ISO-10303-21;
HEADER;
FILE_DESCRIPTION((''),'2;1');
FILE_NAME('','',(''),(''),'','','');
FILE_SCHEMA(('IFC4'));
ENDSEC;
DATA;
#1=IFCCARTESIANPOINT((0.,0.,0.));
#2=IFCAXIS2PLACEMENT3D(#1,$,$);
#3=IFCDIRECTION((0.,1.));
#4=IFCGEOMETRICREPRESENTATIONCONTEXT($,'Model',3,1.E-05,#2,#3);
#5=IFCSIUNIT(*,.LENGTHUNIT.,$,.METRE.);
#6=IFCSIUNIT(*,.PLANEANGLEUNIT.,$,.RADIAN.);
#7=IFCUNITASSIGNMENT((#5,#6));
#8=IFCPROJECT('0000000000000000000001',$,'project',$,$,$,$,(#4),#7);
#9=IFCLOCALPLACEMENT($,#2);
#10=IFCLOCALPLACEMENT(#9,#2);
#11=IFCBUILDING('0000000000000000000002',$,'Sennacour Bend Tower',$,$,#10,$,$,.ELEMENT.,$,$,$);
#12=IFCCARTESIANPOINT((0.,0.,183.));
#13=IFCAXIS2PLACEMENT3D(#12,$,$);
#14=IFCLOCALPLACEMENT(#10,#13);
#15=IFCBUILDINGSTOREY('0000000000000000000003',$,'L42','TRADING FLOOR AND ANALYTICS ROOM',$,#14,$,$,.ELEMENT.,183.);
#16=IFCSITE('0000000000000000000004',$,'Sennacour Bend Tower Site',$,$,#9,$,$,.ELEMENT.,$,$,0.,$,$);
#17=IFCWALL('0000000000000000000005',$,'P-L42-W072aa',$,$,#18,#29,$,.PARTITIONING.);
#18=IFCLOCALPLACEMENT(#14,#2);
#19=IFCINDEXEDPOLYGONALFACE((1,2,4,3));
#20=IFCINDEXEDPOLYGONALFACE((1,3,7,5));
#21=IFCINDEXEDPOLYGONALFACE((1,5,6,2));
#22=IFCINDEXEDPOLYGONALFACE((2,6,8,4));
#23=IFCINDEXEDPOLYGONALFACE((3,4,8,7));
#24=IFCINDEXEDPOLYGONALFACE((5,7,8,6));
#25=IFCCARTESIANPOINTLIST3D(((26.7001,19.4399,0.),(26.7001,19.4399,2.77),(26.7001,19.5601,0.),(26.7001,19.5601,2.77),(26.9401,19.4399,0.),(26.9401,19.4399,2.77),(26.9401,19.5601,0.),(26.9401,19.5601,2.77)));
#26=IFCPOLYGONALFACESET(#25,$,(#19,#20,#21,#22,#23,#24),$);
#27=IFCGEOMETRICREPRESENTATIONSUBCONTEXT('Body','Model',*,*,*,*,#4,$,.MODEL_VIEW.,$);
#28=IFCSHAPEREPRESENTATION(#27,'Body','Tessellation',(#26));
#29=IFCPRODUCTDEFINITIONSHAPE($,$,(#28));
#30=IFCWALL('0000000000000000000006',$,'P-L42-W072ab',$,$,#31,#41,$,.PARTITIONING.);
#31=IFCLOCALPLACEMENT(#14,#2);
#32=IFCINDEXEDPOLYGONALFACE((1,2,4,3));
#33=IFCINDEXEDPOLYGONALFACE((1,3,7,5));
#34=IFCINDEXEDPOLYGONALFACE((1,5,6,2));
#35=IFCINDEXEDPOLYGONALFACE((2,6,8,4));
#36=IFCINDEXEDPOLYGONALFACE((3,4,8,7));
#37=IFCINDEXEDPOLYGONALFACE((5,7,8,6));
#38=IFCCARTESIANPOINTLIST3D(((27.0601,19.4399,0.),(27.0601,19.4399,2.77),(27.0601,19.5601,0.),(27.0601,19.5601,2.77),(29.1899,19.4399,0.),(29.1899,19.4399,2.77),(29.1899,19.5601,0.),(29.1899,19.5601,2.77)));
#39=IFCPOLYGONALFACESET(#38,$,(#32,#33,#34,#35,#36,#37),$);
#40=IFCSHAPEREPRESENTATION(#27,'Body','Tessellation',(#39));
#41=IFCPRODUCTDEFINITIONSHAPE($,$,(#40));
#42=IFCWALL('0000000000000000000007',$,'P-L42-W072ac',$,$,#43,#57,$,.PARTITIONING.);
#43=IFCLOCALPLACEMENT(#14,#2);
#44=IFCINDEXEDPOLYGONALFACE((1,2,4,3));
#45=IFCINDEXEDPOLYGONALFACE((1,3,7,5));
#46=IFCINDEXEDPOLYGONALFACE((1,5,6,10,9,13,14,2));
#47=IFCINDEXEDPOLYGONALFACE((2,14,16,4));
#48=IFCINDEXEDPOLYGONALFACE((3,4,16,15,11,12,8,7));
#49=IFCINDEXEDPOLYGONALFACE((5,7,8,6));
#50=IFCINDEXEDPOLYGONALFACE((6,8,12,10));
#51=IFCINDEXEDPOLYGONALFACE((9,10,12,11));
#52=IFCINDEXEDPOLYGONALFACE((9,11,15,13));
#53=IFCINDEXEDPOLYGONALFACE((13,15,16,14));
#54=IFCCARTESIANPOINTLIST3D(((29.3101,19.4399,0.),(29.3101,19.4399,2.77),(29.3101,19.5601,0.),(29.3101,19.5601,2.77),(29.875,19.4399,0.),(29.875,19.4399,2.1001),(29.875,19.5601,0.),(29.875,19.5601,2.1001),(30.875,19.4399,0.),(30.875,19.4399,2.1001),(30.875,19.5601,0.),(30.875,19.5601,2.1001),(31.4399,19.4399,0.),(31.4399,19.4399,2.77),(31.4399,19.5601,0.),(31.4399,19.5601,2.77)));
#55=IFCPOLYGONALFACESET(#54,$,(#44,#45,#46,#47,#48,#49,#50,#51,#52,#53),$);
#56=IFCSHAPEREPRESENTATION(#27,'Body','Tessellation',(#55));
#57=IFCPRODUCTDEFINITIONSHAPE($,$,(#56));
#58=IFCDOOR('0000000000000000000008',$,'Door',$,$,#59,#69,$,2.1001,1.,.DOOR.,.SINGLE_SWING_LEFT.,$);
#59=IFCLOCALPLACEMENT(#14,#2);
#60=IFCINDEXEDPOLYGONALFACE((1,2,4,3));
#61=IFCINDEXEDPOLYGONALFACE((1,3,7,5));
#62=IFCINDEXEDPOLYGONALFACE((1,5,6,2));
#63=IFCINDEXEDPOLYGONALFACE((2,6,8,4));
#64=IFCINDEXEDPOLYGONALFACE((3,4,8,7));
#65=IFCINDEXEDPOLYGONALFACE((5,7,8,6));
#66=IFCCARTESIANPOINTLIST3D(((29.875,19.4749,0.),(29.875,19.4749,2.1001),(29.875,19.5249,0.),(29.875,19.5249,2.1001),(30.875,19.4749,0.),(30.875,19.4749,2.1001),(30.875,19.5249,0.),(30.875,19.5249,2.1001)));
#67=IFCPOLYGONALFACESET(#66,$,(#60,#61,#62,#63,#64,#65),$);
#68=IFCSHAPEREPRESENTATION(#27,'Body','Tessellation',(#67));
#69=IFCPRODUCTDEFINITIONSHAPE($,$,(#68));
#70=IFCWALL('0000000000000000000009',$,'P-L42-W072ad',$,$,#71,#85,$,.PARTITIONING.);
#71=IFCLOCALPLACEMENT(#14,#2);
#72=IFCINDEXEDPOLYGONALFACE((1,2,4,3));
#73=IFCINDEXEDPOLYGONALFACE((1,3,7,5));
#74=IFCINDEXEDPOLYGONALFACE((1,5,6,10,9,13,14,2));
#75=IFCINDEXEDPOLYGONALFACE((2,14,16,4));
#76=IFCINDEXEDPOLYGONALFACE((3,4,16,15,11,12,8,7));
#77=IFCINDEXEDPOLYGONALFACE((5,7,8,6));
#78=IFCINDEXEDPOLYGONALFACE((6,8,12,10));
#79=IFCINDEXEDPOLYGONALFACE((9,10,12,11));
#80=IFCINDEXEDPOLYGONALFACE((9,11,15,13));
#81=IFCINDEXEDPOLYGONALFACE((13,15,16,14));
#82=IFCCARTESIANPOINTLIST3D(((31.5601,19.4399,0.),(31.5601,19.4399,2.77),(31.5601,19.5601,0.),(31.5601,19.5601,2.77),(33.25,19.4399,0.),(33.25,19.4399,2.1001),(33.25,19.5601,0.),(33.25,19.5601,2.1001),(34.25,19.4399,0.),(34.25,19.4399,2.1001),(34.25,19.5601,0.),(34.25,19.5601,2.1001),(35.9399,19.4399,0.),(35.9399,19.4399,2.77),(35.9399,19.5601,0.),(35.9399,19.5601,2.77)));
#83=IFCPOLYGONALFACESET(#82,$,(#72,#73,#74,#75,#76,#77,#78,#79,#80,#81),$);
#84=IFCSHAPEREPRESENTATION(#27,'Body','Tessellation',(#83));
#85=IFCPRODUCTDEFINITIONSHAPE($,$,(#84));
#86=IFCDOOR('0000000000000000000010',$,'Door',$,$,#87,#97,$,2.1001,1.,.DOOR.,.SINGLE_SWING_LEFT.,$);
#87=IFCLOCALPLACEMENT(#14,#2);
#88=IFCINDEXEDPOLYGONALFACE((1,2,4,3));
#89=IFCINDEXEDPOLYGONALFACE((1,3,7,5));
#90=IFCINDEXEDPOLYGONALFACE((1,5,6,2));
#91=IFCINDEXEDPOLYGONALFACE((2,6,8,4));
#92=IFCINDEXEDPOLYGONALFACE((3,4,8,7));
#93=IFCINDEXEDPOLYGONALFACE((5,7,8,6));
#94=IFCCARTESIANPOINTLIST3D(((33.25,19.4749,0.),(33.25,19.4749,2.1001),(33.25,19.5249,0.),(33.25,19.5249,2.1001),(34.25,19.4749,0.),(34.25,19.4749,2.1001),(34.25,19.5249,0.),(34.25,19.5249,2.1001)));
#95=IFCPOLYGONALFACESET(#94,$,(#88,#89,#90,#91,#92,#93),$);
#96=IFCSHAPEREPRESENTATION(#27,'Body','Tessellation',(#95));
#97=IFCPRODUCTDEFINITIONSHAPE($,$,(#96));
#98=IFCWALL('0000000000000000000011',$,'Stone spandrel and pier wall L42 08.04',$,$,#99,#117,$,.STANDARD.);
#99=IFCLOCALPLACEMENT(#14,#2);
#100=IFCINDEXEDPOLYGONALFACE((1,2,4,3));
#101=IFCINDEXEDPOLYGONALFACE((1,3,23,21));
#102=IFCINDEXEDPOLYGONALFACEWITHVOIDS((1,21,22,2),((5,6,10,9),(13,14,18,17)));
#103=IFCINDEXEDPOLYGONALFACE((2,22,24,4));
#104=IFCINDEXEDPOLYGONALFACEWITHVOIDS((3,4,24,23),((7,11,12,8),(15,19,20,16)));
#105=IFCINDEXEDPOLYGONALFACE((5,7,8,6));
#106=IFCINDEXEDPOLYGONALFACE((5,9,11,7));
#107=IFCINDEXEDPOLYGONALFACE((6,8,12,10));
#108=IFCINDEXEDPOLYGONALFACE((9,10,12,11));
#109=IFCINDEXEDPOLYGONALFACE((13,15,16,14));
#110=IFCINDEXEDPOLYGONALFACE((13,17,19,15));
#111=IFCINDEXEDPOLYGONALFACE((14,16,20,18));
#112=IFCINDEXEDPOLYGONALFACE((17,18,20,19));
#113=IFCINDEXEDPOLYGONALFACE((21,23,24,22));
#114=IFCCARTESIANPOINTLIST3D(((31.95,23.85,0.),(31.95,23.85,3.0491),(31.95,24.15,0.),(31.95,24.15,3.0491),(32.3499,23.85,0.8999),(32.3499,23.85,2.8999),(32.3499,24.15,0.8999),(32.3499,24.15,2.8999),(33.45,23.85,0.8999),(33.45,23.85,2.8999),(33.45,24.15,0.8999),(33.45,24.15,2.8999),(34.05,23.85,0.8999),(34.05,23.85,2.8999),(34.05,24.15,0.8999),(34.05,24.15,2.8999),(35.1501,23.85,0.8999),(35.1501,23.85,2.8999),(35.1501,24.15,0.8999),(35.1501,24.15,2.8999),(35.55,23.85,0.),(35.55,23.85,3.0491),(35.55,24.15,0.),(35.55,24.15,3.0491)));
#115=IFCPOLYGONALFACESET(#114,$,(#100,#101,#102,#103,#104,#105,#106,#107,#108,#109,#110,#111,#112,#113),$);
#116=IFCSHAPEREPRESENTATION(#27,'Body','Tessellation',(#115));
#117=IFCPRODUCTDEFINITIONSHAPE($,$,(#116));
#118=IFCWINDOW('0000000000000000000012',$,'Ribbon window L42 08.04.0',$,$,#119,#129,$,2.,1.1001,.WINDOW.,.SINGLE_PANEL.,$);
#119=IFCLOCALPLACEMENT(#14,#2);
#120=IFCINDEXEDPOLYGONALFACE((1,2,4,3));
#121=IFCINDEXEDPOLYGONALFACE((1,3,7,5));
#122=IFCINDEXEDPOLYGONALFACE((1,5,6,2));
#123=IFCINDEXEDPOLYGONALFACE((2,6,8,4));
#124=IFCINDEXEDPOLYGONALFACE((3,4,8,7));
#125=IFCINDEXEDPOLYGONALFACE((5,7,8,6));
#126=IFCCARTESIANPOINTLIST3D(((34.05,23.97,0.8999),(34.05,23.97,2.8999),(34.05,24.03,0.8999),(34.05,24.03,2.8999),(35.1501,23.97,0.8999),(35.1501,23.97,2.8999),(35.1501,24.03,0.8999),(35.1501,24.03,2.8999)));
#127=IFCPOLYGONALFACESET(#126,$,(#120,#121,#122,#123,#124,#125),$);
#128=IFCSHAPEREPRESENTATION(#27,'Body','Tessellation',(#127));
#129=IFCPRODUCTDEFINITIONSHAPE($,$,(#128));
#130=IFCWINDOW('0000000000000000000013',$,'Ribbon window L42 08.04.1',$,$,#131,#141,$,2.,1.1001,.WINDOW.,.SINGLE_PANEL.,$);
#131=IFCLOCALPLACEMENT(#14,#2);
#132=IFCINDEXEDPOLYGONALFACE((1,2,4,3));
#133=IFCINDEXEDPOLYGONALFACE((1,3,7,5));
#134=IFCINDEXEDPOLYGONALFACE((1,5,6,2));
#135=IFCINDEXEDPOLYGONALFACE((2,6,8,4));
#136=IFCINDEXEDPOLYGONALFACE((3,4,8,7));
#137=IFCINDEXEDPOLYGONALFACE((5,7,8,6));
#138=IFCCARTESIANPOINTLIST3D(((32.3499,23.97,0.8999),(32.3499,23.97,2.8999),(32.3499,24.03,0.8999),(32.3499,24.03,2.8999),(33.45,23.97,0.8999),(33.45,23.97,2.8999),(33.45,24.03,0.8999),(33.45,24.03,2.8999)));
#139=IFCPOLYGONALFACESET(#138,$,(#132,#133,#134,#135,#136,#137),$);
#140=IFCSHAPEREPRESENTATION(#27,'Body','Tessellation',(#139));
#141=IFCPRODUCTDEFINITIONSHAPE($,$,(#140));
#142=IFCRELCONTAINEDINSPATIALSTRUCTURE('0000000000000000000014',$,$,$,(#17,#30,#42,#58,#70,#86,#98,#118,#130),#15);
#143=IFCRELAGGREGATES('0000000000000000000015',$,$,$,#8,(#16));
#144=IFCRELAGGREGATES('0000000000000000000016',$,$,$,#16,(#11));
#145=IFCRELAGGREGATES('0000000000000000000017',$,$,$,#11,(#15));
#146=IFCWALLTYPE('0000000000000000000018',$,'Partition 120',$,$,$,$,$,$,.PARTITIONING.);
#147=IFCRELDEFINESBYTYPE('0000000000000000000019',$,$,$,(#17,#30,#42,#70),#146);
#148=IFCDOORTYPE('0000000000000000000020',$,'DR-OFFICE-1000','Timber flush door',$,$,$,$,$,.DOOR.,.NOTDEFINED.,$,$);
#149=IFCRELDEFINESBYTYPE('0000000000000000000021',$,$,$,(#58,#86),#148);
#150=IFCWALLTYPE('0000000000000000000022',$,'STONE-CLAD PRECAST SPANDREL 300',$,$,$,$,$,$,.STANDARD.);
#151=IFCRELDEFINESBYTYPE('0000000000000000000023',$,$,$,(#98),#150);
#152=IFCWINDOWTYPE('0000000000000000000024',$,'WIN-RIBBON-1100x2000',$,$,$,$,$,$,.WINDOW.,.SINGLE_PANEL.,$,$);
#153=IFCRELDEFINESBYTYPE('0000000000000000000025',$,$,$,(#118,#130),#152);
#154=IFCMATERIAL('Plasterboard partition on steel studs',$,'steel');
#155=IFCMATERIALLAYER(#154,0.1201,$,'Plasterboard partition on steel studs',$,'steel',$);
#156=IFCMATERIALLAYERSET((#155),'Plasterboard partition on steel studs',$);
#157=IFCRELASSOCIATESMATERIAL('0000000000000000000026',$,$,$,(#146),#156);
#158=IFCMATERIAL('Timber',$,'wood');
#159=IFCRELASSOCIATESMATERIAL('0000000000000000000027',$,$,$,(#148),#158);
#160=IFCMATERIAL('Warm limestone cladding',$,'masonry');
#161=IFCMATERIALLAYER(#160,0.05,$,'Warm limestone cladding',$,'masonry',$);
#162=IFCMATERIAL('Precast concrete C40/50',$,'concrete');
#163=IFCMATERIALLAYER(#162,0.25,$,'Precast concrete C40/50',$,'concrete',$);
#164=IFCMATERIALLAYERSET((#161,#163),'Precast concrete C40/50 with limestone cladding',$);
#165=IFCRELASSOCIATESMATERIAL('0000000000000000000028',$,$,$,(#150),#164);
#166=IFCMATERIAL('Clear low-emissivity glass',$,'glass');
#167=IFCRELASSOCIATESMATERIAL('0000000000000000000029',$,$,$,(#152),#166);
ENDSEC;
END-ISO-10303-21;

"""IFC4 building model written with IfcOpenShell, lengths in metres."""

from ifc_helpers import new_model, si_unit, direction, frame, frame_2d, origin, place, context, subcontext, project, spatial, rectangle, extrude, material, layer, layer_set, type_object, element, fill, save


model = new_model("IFC4")

# Units and contexts
model_context = context("Model", 3, precision=1e-05, world=origin(), true_north=direction((0.0, 1.0)))
body_context = subcontext(model_context, "Body", "Model", "MODEL_VIEW")
ifc_project = project(units=[si_unit("LENGTHUNIT", "METRE"), si_unit("PLANEANGLEUNIT", "RADIAN")], contexts=[model_context])

# Site, building, storey
site_placement = place(None, origin())
site = spatial("IfcSite", under=ifc_project, at=site_placement, Name="Sennacour Bend Tower Site", CompositionType="ELEMENT", RefElevation=0.0)
building_placement = place(site_placement, origin())
building = spatial("IfcBuilding", under=site, at=building_placement, Name="Sennacour Bend Tower", CompositionType="ELEMENT")
storey_placement = place(building_placement, frame((0.0, 0.0, 183.0)))
storey = spatial("IfcBuildingStorey", under=building, at=storey_placement, Name="L42", Description="TRADING FLOOR AND ANALYTICS ROOM", CompositionType="ELEMENT", Elevation=183.0)

# Walls
ifc_material_1 = material(Name="Plasterboard partition on steel studs", Category="steel")
ifc_layer_1 = layer(ifc_material_1, 0.1201, Name="Plasterboard partition on steel studs", Category="steel")
ifc_layer_set_1 = layer_set([ifc_layer_1], Name="Plasterboard partition on steel studs")
wall_type_1 = type_object("IfcWallType", Name="Partition 120", PredefinedType="PARTITIONING", material=ifc_layer_set_1)
wall_1_placement = place(storey_placement, frame((26.7, 19.5, 0.0), z_axis=(0.0, 0.0, 1.0), x_axis=(1.0, 0.0, 0.0)))
element("IfcWall", 1, at=wall_1_placement, inside=storey, type_object=wall_type_1, Name="P-L42-W072aa", PredefinedType="PARTITIONING", context=body_context, shape_type="SweptSolid", body=[
    extrude(rectangle(XDim=0.24, YDim=0.1201, at=frame_2d((0.1201, 0.0))), origin(), (0.0, 0.0, 1.0), 2.77),
])
wall_2_placement = place(storey_placement, frame((27.0601, 19.5, 0.0), z_axis=(0.0, 0.0, 1.0), x_axis=(1.0, 0.0, 0.0)))
element("IfcWall", 2, at=wall_2_placement, inside=storey, type_object=wall_type_1, Name="P-L42-W072ab", PredefinedType="PARTITIONING", context=body_context, shape_type="SweptSolid", body=[
    extrude(rectangle(XDim=2.1299, YDim=0.1201, at=frame_2d((1.0649, 0.0))), origin(), (0.0, 0.0, 1.0), 2.77),
])

# Walls, openings, doors
wall_3_placement = place(storey_placement, frame((29.3101, 19.5, 0.0), z_axis=(0.0, 0.0, 1.0), x_axis=(1.0, 0.0, 0.0)))
wall_3 = element("IfcWall", 3, at=wall_3_placement, inside=storey, type_object=wall_type_1, Name="P-L42-W072ac", PredefinedType="PARTITIONING", context=body_context, shape_type="SweptSolid", body=[
    extrude(rectangle(XDim=2.1299, YDim=0.1201, at=frame_2d((1.0649, 0.0))), origin(), (0.0, 0.0, 1.0), 2.77),
])
opening_1_placement = place(wall_3_placement, frame((0.5649, 0.0, 0.0)))
opening_1 = element("IfcOpeningElement", 4, at=opening_1_placement, cuts=wall_3, PredefinedType="OPENING", context=body_context, shape_type="SweptSolid", body=[
    extrude(rectangle(XDim=1.0, YDim=2.1001, at=frame_2d((0.5, 1.05))), frame((0.0, 0.0701, 0.0), z_axis=(0.0, -1.0, 0.0), x_axis=(1.0, 0.0, 0.0)), (0.0, 0.0, 1.0), 0.1401),
])
ifc_material_2 = material(Name="Timber", Category="wood")
door_type = type_object("IfcDoorType", Name="DR-OFFICE-1000", Description="Timber flush door", OperationType="NOTDEFINED", PredefinedType="DOOR", material=ifc_material_2)
door_1_placement = place(opening_1_placement, origin())
door_1 = element("IfcDoor", 5, at=door_1_placement, inside=storey, type_object=door_type, Name="Door", OperationType="SINGLE_SWING_LEFT", OverallHeight=2.1001, OverallWidth=1.0, PredefinedType="DOOR", context=body_context, shape_type="SweptSolid", body=[
    extrude(rectangle(XDim=1.0, YDim=2.1001, at=frame_2d((0.5, 1.05))), frame((0.0, 0.0249, 0.0), z_axis=(0.0, -1.0, 0.0), x_axis=(1.0, 0.0, 0.0)), (0.0, 0.0, 1.0), 0.05),
])
fill(opening_1, door_1)
wall_4_placement = place(storey_placement, frame((31.5601, 19.5, 0.0), z_axis=(0.0, 0.0, 1.0), x_axis=(1.0, 0.0, 0.0)))
wall_4 = element("IfcWall", 6, at=wall_4_placement, inside=storey, type_object=wall_type_1, Name="P-L42-W072ad", PredefinedType="PARTITIONING", context=body_context, shape_type="SweptSolid", body=[
    extrude(rectangle(XDim=4.3799, YDim=0.1201, at=frame_2d((2.1899, 0.0))), origin(), (0.0, 0.0, 1.0), 2.77),
])
opening_2_placement = place(wall_4_placement, frame((1.6899, 0.0, 0.0)))
opening_2 = element("IfcOpeningElement", 7, at=opening_2_placement, cuts=wall_4, PredefinedType="OPENING", context=body_context, shape_type="SweptSolid", body=[
    extrude(rectangle(XDim=1.0, YDim=2.1001, at=frame_2d((0.5, 1.05))), frame((0.0, 0.0701, 0.0), z_axis=(0.0, -1.0, 0.0), x_axis=(1.0, 0.0, 0.0)), (0.0, 0.0, 1.0), 0.1401),
])
door_2_placement = place(opening_2_placement, origin())
door_2 = element("IfcDoor", 8, at=door_2_placement, inside=storey, type_object=door_type, Name="Door", OperationType="SINGLE_SWING_LEFT", OverallHeight=2.1001, OverallWidth=1.0, PredefinedType="DOOR", context=body_context, shape_type="SweptSolid", body=[
    extrude(rectangle(XDim=1.0, YDim=2.1001, at=frame_2d((0.5, 1.05))), frame((0.0, 0.0249, 0.0), z_axis=(0.0, -1.0, 0.0), x_axis=(1.0, 0.0, 0.0)), (0.0, 0.0, 1.0), 0.05),
])
fill(opening_2, door_2)

# Wall, openings, windows
ifc_material_3 = material(Name="Warm limestone cladding", Category="masonry")
ifc_layer_2 = layer(ifc_material_3, 0.05, Name="Warm limestone cladding", Category="masonry")
ifc_material_4 = material(Name="Precast concrete C40/50", Category="concrete")
ifc_layer_3 = layer(ifc_material_4, 0.25, Name="Precast concrete C40/50", Category="concrete")
ifc_layer_set_2 = layer_set([ifc_layer_2, ifc_layer_3], Name="Precast concrete C40/50 with limestone cladding")
wall_type_2 = type_object("IfcWallType", Name="STONE-CLAD PRECAST SPANDREL 300", PredefinedType="STANDARD", material=ifc_layer_set_2)
wall_5_placement = place(storey_placement, frame((35.55, 24.0, 0.0), z_axis=(0.0, 0.0, 1.0), x_axis=(-1.0, 0.0, 0.0)))
wall_5 = element("IfcWall", 9, at=wall_5_placement, inside=storey, type_object=wall_type_2, Name="Stone spandrel and pier wall L42 08.04", PredefinedType="STANDARD", context=body_context, shape_type="SweptSolid", body=[
    extrude(rectangle(XDim=3.6001, YDim=0.3, at=frame_2d((1.8, 0.0))), origin(), (0.0, 0.0, 1.0), 3.0491),
])
opening_3_placement = place(wall_5_placement, frame((0.3999, 0.0, 0.8999)))
opening_3 = element("IfcOpeningElement", 10, at=opening_3_placement, cuts=wall_5, PredefinedType="OPENING", context=body_context, shape_type="SweptSolid", body=[
    extrude(rectangle(XDim=1.1001, YDim=2.0, at=frame_2d((0.55, 1.0))), frame((0.0, 0.1602, 0.0), z_axis=(0.0, -1.0, 0.0), x_axis=(1.0, 0.0, 0.0)), (0.0, 0.0, 1.0), 0.3201),
])
opening_4_placement = place(wall_5_placement, frame((2.1001, 0.0, 0.8999)))
opening_4 = element("IfcOpeningElement", 11, at=opening_4_placement, cuts=wall_5, PredefinedType="OPENING", context=body_context, shape_type="SweptSolid", body=[
    extrude(rectangle(XDim=1.1001, YDim=2.0, at=frame_2d((0.55, 1.0))), frame((0.0, 0.1602, 0.0), z_axis=(0.0, -1.0, 0.0), x_axis=(1.0, 0.0, 0.0)), (0.0, 0.0, 1.0), 0.3201),
])
ifc_material_5 = material(Name="Clear low-emissivity glass", Category="glass")
window_type_1 = type_object("IfcWindowType", Name="WIN-RIBBON-1100x2000", PartitioningType="SINGLE_PANEL", PredefinedType="WINDOW", material=ifc_material_5)
window_1_placement = place(opening_3_placement, origin())
window_1 = element("IfcWindow", 12, at=window_1_placement, inside=storey, type_object=window_type_1, Name="Ribbon window L42 08.04.0", OverallHeight=2.0, OverallWidth=1.1001, PartitioningType="SINGLE_PANEL", PredefinedType="WINDOW", context=body_context, shape_type="SweptSolid", body=[
    extrude(rectangle(XDim=1.1001, YDim=2.0, at=frame_2d((0.55, 1.0))), frame((0.0, 0.03, 0.0), z_axis=(0.0, -1.0, 0.0), x_axis=(1.0, 0.0, 0.0)), (0.0, 0.0, 1.0), 0.0601),
])
fill(opening_3, window_1)
window_2_placement = place(opening_4_placement, origin())
window_2 = element("IfcWindow", 13, at=window_2_placement, inside=storey, type_object=window_type_1, Name="Ribbon window L42 08.04.1", OverallHeight=2.0, OverallWidth=1.1001, PartitioningType="SINGLE_PANEL", PredefinedType="WINDOW", context=body_context, shape_type="SweptSolid", body=[
    extrude(rectangle(XDim=1.1001, YDim=2.0, at=frame_2d((0.55, 1.0))), frame((0.0, 0.03, 0.0), z_axis=(0.0, -1.0, 0.0), x_axis=(1.0, 0.0, 0.0)), (0.0, 0.0, 1.0), 0.0601),
])
fill(opening_4, window_2)

save(model, "model.ifc")
